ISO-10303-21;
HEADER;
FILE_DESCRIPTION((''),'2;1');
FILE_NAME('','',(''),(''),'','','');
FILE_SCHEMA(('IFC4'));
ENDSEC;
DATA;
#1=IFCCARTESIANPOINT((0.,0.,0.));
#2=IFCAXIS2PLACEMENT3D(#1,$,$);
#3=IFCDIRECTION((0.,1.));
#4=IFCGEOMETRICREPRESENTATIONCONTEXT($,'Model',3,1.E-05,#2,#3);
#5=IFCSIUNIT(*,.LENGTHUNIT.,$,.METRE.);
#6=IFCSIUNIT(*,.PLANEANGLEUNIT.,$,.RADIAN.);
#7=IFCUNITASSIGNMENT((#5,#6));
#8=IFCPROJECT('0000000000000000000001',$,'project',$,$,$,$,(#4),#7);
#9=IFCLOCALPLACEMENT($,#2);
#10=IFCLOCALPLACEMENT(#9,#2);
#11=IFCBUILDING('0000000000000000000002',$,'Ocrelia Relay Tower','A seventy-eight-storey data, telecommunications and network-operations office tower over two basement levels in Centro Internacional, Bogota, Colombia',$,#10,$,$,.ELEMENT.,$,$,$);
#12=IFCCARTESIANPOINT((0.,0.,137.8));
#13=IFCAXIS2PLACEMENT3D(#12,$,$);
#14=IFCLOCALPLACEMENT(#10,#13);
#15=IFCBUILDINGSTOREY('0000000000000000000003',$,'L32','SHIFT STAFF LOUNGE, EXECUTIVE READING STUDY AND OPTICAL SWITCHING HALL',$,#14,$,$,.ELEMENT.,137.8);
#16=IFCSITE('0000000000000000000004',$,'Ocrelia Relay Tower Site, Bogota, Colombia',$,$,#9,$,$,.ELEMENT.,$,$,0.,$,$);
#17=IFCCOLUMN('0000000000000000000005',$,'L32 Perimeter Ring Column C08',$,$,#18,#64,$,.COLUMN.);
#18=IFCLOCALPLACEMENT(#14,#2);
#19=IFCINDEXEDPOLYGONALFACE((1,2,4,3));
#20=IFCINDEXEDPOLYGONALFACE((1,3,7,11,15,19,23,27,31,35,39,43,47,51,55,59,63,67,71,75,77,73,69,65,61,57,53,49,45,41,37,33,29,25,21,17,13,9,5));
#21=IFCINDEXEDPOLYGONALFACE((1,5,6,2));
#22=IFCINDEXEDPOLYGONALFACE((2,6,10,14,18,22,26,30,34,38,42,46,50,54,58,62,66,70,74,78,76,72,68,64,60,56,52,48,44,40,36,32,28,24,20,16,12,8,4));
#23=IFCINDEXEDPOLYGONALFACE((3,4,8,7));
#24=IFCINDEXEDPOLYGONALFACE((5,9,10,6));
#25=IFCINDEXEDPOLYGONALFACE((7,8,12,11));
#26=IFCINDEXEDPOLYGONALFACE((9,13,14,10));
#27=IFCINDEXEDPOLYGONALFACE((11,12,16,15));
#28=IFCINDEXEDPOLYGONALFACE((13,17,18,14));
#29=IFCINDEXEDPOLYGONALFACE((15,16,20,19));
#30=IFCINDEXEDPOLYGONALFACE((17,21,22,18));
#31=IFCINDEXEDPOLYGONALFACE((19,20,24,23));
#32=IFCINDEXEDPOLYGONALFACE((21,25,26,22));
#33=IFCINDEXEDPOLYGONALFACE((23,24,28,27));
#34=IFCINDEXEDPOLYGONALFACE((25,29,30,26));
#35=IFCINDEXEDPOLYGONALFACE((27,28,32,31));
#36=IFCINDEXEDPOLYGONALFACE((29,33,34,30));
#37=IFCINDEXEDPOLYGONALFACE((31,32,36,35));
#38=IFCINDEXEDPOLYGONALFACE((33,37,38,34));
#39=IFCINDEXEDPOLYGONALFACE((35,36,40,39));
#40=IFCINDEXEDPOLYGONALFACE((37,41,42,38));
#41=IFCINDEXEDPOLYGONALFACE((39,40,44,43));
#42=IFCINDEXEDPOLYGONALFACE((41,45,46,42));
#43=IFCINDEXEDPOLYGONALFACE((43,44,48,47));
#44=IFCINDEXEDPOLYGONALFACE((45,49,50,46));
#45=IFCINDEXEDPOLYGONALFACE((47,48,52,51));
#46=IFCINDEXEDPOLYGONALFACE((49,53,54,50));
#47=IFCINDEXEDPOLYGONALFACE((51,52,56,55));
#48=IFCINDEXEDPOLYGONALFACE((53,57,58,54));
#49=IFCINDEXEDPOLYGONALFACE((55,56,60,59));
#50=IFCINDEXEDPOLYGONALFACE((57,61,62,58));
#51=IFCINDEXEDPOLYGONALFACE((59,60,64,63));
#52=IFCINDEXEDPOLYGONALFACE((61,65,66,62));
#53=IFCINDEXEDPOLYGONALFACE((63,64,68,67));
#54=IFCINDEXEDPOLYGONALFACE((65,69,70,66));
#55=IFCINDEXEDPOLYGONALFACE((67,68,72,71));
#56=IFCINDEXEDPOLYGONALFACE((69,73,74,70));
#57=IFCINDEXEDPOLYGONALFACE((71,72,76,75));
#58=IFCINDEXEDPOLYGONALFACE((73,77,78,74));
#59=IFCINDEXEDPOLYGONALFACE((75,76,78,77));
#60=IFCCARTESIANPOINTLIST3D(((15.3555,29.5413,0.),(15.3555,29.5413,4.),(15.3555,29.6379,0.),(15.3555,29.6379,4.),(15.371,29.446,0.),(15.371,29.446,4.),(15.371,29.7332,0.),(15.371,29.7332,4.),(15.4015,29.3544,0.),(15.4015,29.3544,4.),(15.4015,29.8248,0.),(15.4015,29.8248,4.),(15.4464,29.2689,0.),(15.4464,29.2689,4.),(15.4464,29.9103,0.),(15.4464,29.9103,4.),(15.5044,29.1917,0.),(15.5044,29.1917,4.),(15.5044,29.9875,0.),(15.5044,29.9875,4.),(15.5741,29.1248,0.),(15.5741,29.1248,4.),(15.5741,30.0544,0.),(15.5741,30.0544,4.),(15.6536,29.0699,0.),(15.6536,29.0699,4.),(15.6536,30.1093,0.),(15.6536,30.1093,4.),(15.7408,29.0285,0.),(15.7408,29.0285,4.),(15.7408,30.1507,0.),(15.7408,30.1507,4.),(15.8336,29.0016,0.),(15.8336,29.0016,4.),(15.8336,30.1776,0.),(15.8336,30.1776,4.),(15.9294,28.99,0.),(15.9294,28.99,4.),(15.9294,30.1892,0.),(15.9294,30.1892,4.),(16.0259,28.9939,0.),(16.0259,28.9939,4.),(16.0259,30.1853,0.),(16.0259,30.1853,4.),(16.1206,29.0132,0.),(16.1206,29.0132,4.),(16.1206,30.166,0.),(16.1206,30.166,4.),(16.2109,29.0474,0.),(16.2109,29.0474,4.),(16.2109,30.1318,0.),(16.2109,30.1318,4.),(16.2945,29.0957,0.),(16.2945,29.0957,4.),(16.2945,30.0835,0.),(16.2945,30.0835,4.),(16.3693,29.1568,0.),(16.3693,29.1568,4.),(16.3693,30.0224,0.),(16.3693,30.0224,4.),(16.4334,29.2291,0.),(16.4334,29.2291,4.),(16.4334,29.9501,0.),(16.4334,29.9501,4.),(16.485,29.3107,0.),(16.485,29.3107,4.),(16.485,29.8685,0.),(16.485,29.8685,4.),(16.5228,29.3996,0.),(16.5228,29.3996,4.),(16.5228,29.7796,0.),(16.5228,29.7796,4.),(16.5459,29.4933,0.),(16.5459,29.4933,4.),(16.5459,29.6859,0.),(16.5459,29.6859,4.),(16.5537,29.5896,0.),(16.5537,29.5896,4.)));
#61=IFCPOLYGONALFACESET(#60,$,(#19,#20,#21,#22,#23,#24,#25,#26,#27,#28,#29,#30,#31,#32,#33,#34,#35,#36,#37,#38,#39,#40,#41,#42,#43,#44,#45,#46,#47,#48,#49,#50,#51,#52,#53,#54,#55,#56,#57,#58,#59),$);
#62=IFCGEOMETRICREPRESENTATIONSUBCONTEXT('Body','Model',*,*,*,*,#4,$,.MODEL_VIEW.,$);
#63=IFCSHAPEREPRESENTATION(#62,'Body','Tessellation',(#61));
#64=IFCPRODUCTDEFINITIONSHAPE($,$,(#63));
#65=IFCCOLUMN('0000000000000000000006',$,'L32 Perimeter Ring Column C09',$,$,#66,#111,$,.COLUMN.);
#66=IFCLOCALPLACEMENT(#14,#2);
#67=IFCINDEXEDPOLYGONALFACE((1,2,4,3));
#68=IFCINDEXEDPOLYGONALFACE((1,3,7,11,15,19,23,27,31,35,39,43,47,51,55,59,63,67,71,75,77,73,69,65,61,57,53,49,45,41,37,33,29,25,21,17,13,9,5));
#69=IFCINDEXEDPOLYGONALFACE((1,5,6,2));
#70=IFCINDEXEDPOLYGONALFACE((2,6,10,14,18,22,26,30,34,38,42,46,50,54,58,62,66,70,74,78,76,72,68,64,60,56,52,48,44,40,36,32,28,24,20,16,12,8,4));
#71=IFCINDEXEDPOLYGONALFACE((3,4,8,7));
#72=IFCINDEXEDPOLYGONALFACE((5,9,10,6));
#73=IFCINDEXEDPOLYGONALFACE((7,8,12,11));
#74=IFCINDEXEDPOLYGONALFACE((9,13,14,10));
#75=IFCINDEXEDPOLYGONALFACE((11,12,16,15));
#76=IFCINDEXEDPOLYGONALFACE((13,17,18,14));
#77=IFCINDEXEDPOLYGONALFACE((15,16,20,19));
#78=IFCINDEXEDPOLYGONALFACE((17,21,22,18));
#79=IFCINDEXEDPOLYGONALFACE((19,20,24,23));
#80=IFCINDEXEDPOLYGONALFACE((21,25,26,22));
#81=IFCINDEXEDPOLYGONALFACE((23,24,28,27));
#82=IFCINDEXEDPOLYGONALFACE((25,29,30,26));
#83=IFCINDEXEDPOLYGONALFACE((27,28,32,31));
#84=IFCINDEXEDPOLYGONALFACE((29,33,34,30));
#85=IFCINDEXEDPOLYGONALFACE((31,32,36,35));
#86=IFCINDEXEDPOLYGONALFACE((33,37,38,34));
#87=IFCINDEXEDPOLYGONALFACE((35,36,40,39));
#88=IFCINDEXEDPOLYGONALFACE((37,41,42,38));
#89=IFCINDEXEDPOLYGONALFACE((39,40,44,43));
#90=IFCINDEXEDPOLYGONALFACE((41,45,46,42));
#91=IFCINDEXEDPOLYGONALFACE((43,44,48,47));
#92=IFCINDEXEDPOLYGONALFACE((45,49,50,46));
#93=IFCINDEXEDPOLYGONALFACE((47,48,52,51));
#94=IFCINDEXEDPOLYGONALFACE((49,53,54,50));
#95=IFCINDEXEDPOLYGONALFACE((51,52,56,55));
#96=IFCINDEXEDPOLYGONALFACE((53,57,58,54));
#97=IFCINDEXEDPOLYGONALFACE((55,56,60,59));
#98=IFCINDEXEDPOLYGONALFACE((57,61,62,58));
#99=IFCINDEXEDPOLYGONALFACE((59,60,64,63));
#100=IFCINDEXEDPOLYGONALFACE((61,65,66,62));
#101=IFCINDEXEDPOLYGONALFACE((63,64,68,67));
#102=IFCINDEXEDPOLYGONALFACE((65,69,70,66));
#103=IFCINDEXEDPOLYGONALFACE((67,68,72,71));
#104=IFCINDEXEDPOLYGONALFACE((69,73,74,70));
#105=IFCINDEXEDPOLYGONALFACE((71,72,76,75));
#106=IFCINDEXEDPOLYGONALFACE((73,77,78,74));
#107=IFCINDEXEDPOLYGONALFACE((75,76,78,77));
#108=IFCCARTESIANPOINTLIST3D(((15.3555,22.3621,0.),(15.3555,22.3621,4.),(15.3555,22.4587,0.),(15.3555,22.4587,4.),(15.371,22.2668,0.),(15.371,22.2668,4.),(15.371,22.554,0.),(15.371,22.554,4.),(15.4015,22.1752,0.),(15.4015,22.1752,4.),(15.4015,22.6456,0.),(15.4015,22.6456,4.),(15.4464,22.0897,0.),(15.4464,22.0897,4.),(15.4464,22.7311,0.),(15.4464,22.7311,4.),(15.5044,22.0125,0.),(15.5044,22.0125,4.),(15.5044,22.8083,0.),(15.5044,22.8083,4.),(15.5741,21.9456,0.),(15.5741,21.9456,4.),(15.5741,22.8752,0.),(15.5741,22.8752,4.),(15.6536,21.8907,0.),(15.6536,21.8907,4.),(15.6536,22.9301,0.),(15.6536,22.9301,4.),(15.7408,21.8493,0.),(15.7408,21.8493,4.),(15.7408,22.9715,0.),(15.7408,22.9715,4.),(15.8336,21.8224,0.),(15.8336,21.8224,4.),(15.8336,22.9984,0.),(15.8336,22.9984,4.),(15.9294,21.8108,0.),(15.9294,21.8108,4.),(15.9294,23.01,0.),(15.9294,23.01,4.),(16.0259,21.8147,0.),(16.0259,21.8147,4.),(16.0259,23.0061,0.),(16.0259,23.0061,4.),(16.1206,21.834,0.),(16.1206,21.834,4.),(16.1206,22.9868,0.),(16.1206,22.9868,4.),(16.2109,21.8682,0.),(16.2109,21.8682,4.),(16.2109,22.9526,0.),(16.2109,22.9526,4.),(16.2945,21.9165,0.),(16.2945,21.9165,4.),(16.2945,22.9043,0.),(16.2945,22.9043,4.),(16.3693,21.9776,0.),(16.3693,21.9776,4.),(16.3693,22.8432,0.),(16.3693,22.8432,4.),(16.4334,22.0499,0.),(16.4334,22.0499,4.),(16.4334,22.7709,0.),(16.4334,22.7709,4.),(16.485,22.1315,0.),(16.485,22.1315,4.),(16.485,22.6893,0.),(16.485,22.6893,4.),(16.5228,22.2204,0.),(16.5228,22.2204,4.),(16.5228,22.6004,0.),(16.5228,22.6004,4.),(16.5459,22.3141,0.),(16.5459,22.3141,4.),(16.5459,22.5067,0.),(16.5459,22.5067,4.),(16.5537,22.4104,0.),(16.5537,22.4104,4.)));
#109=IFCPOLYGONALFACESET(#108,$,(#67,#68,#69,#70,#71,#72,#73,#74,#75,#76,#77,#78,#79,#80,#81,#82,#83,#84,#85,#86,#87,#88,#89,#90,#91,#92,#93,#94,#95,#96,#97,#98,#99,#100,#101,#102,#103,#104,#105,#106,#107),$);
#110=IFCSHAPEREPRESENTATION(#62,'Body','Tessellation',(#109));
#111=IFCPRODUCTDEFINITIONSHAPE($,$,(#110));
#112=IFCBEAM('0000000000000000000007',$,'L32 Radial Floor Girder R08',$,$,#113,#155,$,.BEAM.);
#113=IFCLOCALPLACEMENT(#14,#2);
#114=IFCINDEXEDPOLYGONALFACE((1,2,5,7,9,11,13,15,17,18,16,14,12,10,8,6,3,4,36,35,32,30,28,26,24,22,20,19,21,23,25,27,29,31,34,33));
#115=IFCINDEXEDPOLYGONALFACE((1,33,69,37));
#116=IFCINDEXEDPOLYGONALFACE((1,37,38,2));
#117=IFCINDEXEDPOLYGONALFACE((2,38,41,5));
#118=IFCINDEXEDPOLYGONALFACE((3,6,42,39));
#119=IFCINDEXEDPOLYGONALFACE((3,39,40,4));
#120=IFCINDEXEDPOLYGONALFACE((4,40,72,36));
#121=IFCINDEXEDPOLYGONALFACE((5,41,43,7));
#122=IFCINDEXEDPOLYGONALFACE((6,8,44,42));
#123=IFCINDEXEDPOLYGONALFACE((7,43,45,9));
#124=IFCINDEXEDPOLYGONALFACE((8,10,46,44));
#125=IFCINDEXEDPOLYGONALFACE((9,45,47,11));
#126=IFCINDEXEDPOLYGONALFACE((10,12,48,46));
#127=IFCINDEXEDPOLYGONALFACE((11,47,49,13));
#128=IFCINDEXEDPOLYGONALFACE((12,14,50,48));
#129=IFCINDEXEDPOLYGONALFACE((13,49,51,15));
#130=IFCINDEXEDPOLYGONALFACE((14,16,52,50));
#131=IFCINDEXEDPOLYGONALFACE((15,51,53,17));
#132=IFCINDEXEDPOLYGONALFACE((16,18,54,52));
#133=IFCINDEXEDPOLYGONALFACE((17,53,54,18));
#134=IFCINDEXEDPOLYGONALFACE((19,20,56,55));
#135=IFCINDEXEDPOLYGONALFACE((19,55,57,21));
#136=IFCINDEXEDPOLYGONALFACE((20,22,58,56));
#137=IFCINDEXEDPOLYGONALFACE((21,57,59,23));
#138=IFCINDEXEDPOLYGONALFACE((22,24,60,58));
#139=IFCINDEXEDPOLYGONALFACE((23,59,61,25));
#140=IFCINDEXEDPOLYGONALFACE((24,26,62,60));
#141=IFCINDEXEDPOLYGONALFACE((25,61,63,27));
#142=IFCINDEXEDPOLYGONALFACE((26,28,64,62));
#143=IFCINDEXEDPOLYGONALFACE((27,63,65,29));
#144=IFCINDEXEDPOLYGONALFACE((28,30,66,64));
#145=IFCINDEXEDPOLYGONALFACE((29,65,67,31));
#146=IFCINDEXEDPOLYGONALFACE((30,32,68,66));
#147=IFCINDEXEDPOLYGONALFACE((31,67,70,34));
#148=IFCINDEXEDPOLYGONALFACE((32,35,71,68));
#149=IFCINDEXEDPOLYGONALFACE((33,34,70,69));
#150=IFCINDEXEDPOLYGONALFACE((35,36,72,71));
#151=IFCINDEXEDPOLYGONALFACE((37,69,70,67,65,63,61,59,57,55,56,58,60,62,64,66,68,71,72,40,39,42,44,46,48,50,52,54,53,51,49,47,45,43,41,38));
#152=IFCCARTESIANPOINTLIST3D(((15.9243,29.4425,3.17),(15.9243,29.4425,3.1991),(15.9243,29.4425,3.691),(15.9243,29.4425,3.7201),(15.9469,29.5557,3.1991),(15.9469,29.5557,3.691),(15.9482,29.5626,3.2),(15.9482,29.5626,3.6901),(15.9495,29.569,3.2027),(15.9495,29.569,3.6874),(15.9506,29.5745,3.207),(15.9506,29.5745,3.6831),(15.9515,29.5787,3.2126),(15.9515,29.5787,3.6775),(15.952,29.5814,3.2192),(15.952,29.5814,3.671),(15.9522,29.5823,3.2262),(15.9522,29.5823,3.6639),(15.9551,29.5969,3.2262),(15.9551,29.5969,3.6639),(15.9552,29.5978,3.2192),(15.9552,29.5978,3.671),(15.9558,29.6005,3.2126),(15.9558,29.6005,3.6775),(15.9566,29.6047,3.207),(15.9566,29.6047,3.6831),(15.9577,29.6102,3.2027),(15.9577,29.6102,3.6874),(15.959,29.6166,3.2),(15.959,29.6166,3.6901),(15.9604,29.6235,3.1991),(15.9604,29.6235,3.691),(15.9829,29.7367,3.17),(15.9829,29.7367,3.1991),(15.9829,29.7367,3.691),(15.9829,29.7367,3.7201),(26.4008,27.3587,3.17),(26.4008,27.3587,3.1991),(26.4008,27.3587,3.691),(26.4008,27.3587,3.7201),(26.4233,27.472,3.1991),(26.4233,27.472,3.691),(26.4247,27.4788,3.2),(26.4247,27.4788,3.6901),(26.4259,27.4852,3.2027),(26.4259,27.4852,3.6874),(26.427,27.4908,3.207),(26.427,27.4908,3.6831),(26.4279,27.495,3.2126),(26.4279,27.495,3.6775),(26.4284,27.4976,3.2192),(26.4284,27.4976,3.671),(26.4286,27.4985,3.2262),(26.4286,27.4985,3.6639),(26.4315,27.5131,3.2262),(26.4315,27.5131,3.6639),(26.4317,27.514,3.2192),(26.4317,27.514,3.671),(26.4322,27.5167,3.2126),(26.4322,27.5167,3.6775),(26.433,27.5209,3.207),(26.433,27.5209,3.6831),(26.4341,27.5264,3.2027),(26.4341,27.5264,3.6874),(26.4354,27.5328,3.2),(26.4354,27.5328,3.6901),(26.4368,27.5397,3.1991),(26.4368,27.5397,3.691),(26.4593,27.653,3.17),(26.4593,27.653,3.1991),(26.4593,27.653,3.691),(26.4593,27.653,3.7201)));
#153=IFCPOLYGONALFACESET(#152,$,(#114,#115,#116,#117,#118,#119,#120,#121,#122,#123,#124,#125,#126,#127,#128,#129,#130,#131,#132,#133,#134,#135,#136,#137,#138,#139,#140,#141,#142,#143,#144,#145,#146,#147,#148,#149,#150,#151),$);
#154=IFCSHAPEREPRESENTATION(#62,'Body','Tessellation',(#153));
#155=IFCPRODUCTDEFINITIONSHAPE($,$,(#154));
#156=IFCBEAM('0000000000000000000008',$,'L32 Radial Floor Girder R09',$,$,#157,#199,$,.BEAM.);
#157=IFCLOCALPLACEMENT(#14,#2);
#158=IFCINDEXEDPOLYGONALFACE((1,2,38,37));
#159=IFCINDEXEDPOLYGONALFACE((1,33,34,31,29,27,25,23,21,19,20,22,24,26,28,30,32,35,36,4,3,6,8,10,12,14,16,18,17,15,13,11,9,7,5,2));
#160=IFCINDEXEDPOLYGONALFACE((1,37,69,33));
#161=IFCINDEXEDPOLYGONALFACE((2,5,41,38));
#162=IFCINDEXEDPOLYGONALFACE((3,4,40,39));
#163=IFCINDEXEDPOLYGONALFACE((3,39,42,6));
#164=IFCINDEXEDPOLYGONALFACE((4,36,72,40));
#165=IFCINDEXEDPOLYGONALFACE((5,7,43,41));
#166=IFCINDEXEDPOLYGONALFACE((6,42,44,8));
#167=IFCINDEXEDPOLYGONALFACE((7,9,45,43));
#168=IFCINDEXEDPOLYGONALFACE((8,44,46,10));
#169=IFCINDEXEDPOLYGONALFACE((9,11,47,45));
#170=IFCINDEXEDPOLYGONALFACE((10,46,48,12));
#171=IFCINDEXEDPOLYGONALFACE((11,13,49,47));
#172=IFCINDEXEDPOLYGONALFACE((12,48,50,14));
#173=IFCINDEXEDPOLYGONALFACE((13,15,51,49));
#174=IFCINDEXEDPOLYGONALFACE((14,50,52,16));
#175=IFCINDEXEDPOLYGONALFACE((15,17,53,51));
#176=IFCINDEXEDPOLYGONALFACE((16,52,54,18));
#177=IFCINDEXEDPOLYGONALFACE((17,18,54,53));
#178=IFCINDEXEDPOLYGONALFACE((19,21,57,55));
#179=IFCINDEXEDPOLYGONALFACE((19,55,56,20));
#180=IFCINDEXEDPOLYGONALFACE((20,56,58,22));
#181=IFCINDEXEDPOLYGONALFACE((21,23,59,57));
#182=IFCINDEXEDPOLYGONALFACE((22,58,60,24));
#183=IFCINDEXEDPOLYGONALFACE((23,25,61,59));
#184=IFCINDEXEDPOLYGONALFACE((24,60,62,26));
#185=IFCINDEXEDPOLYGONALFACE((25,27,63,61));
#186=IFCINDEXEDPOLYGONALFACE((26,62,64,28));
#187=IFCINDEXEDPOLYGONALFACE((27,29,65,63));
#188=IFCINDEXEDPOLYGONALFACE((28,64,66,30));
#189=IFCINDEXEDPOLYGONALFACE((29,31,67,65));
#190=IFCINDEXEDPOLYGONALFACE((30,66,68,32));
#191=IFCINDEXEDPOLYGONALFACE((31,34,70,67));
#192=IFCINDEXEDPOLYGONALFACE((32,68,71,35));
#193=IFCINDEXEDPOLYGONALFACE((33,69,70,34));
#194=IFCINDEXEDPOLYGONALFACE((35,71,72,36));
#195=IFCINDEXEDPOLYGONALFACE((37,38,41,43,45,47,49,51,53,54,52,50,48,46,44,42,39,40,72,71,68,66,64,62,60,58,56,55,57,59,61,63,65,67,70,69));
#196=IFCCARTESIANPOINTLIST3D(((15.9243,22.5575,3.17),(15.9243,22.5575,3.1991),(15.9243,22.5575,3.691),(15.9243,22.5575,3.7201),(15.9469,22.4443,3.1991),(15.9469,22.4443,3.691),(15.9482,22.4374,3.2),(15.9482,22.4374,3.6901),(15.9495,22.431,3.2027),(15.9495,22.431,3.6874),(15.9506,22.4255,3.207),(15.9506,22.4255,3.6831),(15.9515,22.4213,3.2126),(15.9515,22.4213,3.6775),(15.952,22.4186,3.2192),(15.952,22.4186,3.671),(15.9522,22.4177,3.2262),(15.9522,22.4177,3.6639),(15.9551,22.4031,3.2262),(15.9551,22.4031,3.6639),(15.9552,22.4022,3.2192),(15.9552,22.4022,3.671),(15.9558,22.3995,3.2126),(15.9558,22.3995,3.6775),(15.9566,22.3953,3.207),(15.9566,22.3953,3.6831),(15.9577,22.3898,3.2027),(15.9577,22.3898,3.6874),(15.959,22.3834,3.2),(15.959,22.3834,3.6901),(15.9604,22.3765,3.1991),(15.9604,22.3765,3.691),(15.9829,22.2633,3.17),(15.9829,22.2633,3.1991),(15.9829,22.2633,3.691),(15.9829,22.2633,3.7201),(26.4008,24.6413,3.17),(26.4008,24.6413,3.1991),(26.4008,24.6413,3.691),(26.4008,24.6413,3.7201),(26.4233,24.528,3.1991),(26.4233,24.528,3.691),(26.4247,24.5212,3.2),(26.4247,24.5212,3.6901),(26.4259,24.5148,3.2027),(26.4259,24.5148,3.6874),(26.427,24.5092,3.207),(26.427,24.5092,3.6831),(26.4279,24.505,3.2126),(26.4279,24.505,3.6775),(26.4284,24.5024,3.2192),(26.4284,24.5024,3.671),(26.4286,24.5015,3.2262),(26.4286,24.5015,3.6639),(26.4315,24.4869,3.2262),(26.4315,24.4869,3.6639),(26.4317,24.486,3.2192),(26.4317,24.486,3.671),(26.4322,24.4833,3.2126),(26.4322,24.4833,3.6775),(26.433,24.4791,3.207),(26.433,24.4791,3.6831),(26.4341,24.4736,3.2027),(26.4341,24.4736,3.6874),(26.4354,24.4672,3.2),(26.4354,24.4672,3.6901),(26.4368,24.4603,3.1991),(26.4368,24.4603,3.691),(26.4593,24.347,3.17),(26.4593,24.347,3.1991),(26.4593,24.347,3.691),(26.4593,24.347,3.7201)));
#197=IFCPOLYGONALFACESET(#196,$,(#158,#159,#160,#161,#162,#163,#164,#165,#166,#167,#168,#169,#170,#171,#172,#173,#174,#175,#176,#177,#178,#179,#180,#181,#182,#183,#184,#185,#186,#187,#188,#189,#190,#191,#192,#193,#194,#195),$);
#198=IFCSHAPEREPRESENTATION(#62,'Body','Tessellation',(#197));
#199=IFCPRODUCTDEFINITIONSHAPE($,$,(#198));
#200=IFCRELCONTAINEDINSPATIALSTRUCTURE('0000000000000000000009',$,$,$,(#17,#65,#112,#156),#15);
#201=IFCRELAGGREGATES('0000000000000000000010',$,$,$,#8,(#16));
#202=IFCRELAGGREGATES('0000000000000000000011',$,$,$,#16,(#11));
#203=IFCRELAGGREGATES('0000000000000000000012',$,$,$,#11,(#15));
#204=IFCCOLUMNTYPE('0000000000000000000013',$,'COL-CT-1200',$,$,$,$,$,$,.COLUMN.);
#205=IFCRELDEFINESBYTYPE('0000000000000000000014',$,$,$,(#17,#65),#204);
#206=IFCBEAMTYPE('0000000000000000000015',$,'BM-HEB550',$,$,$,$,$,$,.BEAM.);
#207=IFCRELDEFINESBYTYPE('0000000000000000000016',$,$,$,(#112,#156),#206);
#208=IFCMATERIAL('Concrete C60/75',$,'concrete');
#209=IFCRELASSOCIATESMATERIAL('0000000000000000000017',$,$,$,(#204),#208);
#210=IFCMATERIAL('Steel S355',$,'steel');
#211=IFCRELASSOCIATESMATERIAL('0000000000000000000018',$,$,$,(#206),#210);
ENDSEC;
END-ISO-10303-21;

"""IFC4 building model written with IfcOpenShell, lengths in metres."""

from ifc_helpers import new_model, si_unit, direction, frame, origin, origin_2d, place, context, subcontext, project, spatial, circle, i_section, extrude, material, material_profile, profile_set, type_object, element, save


model = new_model("IFC4")

# Units and contexts
model_context = context("Model", 3, precision=1e-05, world=origin(), true_north=direction((0.0, 1.0)))
body_context = subcontext(model_context, "Body", "Model", "MODEL_VIEW")
ifc_project = project(units=[si_unit("LENGTHUNIT", "METRE"), si_unit("PLANEANGLEUNIT", "RADIAN")], contexts=[model_context])

# Site, building, storey
site_placement = place(None, origin())
site = spatial("IfcSite", under=ifc_project, at=site_placement, Name="Ocrelia Relay Tower Site, Bogota, Colombia", CompositionType="ELEMENT", RefElevation=0.0)
building_placement = place(site_placement, origin())
building = spatial("IfcBuilding", under=site, at=building_placement, Name="Ocrelia Relay Tower", Description="A seventy-eight-storey data, telecommunications and network-operations office tower over two basement levels in Centro Internacional, Bogota, Colombia", CompositionType="ELEMENT")
storey_placement = place(building_placement, frame((0.0, 0.0, 137.8)))
storey = spatial("IfcBuildingStorey", under=building, at=storey_placement, Name="L32", Description="SHIFT STAFF LOUNGE, EXECUTIVE READING STUDY AND OPTICAL SWITCHING HALL", CompositionType="ELEMENT", Elevation=137.8)

# Columns
ifc_material_1 = material(Name="Concrete C60/75", Category="concrete")
ifc_material_profile_1 = material_profile(ifc_material_1, circle(Radius=0.6001, at=origin_2d()), Name="RC-CIR-1200")
ifc_profile_set_1 = profile_set([ifc_material_profile_1], Name="Concrete C60/75")
column_type = type_object("IfcColumnType", Name="COL-CT-1200", PredefinedType="COLUMN", material=ifc_profile_set_1)
for number, where, z_axis, x_axis, name in (
    (1, (15.9536, 29.5896, 0.0), (0.0, 0.0, 1.0), (1.0, 0.0, 0.0), "L32 Perimeter Ring Column C08"),
    (2, (15.9536, 22.4104, 0.0), (0.0, 0.0, 1.0), (1.0, 0.0, 0.0), "L32 Perimeter Ring Column C09"),
):
    element("IfcColumn", number, at=place(storey_placement, frame(where, z_axis=z_axis, x_axis=x_axis)), inside=storey, type_object=column_type, Name=name, PredefinedType="COLUMN", context=body_context, shape_type="SweptSolid", body=[
        extrude(circle(Radius=0.6001, at=origin_2d()), origin(), (0.0, 0.0, 1.0), 4.0),
    ])

# Beams
ifc_material_2 = material(Name="Steel S355", Category="steel")
ifc_material_profile_2 = material_profile(ifc_material_2, i_section(OverallWidth=0.3, OverallDepth=0.55, WebThickness=0.0149, FlangeThickness=0.0291, FilletRadius=0.0271, at=origin_2d()), Name="HEB 550")
ifc_profile_set_2 = profile_set([ifc_material_profile_2], Name="Steel S355")
beam_type_1 = type_object("IfcBeamType", Name="BM-HEB550", PredefinedType="BEAM", material=ifc_profile_set_2)
for number, where, z_axis, x_axis, name in (
    (3, (15.9536, 29.5896, 3.4451), (0.980788, -0.195079, 0.0), (0.195079, 0.980788, 0.0), "L32 Radial Floor Girder R08"),
    (4, (15.9536, 22.4104, 3.4451), (0.980788, 0.195079, 0.0), (-0.195079, 0.980788, 0.0), "L32 Radial Floor Girder R09"),
):
    element("IfcBeam", number, at=place(storey_placement, frame(where, z_axis=z_axis, x_axis=x_axis)), inside=storey, type_object=beam_type_1, Name=name, PredefinedType="BEAM", context=body_context, shape_type="SweptSolid", body=[
        extrude(i_section(OverallWidth=0.3, OverallDepth=0.55, WebThickness=0.0149, FlangeThickness=0.0291, FilletRadius=0.0271, at=origin_2d()), origin(), (0.0, 0.0, 1.0), 10.6816),
    ])

save(model, "model.ifc")
